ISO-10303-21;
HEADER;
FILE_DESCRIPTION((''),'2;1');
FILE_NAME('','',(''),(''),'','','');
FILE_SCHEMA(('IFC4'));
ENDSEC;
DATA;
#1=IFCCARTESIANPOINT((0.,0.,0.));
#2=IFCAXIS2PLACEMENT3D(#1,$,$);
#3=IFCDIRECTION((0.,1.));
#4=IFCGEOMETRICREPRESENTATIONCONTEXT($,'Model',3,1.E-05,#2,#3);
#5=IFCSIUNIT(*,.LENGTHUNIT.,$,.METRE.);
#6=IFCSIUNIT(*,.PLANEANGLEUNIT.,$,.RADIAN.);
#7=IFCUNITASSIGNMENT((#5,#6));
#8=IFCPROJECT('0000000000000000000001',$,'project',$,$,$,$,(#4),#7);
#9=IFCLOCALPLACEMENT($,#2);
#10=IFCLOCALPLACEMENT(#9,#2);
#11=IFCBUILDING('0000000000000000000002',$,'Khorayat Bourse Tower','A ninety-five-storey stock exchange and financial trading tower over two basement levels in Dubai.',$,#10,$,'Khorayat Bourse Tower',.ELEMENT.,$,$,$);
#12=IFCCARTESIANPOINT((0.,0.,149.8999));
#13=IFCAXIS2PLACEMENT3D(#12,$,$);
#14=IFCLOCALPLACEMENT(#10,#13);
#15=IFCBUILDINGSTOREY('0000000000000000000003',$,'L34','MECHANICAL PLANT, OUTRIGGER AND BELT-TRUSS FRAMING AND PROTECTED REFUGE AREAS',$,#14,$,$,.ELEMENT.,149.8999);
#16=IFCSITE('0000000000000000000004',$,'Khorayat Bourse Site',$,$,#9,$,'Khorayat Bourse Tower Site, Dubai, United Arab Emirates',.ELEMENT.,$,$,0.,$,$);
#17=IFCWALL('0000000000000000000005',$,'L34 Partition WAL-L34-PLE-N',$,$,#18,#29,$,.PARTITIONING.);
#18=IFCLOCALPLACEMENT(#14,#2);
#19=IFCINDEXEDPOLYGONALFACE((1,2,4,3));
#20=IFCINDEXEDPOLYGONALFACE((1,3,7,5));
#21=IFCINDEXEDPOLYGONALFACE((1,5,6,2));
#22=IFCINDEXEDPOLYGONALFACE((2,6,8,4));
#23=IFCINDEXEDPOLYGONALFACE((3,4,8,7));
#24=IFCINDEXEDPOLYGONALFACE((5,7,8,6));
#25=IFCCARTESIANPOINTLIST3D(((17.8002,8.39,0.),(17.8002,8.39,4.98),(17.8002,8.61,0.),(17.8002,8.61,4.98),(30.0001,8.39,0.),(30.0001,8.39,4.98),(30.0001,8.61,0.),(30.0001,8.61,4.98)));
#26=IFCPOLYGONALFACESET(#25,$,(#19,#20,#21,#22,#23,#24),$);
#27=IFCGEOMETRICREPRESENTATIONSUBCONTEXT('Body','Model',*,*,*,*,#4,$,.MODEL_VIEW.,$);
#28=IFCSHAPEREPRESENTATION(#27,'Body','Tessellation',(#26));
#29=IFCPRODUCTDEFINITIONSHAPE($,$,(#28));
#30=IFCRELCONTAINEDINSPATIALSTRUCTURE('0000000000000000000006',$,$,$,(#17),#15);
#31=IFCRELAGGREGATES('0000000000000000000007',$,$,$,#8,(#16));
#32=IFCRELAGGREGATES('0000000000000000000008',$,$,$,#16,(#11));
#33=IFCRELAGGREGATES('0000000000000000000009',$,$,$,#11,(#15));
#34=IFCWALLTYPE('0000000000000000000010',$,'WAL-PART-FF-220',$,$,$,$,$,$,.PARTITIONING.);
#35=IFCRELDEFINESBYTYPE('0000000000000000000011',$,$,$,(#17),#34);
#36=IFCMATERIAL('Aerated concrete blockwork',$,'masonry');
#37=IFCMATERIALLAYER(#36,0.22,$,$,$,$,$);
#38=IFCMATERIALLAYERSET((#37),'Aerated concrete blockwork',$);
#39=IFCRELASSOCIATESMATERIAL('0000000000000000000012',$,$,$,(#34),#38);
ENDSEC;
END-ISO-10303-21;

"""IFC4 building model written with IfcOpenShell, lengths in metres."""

from ifc_helpers import new_model, si_unit, direction, frame, frame_2d, origin, place, context, subcontext, project, spatial, rectangle, extrude, source, transform, mapped, material, layer, layer_set, type_object, element, save


model = new_model("IFC4")

# Units and contexts
model_context = context("Model", 3, precision=1e-05, world=origin(), true_north=direction((0.0, 1.0)))
body_context = subcontext(model_context, "Body", "Model", "MODEL_VIEW")
ifc_project = project(units=[si_unit("LENGTHUNIT", "METRE"), si_unit("PLANEANGLEUNIT", "RADIAN")], contexts=[model_context])

# Site, building, storey
site_placement = place(None, origin())
site = spatial("IfcSite", under=ifc_project, at=site_placement, Name="Khorayat Bourse Site", LongName="Khorayat Bourse Tower Site, Dubai, United Arab Emirates", CompositionType="ELEMENT", RefElevation=0.0)
building_placement = place(site_placement, origin())
building = spatial("IfcBuilding", under=site, at=building_placement, Name="Khorayat Bourse Tower", Description="A ninety-five-storey stock exchange and financial trading tower over two basement levels in Dubai.", LongName="Khorayat Bourse Tower", CompositionType="ELEMENT")
storey_placement = place(building_placement, frame((0.0, 0.0, 149.8999)))
storey = spatial("IfcBuildingStorey", under=building, at=storey_placement, Name="L34", Description="MECHANICAL PLANT, OUTRIGGER AND BELT-TRUSS FRAMING AND PROTECTED REFUGE AREAS", CompositionType="ELEMENT", Elevation=149.8999)

# Wall
ifc_material_1 = material(Name="Aerated concrete blockwork", Category="masonry")
ifc_layer_1 = layer(ifc_material_1, 0.22)
ifc_layer_set_1 = layer_set([ifc_layer_1], Name="Aerated concrete blockwork")
wall_type_1 = type_object("IfcWallType", Name="WAL-PART-FF-220", PredefinedType="PARTITIONING", material=ifc_layer_set_1)
shared_shape_1 = source(origin(), body_context, "Body", "SweptSolid", [
    extrude(rectangle(XDim=12.2, YDim=0.22, at=frame_2d((6.1001, 0.0))), origin(), (0.0, 0.0, 1.0), 4.98),
])
wall_1_placement = place(storey_placement, frame((17.8, 8.5, 0.0), z_axis=(0.0, 0.0, 1.0), x_axis=(1.0, 0.0, 0.0)))
element("IfcWall", 1, at=wall_1_placement, inside=storey, type_object=wall_type_1, Name="L34 Partition WAL-L34-PLE-N", PredefinedType="PARTITIONING", context=body_context, shape_type="MappedRepresentation", body=[
    mapped(shared_shape_1, transform((0.0, 0.0, 0.0), scale=1.0)),
])

save(model, "model.ifc")
